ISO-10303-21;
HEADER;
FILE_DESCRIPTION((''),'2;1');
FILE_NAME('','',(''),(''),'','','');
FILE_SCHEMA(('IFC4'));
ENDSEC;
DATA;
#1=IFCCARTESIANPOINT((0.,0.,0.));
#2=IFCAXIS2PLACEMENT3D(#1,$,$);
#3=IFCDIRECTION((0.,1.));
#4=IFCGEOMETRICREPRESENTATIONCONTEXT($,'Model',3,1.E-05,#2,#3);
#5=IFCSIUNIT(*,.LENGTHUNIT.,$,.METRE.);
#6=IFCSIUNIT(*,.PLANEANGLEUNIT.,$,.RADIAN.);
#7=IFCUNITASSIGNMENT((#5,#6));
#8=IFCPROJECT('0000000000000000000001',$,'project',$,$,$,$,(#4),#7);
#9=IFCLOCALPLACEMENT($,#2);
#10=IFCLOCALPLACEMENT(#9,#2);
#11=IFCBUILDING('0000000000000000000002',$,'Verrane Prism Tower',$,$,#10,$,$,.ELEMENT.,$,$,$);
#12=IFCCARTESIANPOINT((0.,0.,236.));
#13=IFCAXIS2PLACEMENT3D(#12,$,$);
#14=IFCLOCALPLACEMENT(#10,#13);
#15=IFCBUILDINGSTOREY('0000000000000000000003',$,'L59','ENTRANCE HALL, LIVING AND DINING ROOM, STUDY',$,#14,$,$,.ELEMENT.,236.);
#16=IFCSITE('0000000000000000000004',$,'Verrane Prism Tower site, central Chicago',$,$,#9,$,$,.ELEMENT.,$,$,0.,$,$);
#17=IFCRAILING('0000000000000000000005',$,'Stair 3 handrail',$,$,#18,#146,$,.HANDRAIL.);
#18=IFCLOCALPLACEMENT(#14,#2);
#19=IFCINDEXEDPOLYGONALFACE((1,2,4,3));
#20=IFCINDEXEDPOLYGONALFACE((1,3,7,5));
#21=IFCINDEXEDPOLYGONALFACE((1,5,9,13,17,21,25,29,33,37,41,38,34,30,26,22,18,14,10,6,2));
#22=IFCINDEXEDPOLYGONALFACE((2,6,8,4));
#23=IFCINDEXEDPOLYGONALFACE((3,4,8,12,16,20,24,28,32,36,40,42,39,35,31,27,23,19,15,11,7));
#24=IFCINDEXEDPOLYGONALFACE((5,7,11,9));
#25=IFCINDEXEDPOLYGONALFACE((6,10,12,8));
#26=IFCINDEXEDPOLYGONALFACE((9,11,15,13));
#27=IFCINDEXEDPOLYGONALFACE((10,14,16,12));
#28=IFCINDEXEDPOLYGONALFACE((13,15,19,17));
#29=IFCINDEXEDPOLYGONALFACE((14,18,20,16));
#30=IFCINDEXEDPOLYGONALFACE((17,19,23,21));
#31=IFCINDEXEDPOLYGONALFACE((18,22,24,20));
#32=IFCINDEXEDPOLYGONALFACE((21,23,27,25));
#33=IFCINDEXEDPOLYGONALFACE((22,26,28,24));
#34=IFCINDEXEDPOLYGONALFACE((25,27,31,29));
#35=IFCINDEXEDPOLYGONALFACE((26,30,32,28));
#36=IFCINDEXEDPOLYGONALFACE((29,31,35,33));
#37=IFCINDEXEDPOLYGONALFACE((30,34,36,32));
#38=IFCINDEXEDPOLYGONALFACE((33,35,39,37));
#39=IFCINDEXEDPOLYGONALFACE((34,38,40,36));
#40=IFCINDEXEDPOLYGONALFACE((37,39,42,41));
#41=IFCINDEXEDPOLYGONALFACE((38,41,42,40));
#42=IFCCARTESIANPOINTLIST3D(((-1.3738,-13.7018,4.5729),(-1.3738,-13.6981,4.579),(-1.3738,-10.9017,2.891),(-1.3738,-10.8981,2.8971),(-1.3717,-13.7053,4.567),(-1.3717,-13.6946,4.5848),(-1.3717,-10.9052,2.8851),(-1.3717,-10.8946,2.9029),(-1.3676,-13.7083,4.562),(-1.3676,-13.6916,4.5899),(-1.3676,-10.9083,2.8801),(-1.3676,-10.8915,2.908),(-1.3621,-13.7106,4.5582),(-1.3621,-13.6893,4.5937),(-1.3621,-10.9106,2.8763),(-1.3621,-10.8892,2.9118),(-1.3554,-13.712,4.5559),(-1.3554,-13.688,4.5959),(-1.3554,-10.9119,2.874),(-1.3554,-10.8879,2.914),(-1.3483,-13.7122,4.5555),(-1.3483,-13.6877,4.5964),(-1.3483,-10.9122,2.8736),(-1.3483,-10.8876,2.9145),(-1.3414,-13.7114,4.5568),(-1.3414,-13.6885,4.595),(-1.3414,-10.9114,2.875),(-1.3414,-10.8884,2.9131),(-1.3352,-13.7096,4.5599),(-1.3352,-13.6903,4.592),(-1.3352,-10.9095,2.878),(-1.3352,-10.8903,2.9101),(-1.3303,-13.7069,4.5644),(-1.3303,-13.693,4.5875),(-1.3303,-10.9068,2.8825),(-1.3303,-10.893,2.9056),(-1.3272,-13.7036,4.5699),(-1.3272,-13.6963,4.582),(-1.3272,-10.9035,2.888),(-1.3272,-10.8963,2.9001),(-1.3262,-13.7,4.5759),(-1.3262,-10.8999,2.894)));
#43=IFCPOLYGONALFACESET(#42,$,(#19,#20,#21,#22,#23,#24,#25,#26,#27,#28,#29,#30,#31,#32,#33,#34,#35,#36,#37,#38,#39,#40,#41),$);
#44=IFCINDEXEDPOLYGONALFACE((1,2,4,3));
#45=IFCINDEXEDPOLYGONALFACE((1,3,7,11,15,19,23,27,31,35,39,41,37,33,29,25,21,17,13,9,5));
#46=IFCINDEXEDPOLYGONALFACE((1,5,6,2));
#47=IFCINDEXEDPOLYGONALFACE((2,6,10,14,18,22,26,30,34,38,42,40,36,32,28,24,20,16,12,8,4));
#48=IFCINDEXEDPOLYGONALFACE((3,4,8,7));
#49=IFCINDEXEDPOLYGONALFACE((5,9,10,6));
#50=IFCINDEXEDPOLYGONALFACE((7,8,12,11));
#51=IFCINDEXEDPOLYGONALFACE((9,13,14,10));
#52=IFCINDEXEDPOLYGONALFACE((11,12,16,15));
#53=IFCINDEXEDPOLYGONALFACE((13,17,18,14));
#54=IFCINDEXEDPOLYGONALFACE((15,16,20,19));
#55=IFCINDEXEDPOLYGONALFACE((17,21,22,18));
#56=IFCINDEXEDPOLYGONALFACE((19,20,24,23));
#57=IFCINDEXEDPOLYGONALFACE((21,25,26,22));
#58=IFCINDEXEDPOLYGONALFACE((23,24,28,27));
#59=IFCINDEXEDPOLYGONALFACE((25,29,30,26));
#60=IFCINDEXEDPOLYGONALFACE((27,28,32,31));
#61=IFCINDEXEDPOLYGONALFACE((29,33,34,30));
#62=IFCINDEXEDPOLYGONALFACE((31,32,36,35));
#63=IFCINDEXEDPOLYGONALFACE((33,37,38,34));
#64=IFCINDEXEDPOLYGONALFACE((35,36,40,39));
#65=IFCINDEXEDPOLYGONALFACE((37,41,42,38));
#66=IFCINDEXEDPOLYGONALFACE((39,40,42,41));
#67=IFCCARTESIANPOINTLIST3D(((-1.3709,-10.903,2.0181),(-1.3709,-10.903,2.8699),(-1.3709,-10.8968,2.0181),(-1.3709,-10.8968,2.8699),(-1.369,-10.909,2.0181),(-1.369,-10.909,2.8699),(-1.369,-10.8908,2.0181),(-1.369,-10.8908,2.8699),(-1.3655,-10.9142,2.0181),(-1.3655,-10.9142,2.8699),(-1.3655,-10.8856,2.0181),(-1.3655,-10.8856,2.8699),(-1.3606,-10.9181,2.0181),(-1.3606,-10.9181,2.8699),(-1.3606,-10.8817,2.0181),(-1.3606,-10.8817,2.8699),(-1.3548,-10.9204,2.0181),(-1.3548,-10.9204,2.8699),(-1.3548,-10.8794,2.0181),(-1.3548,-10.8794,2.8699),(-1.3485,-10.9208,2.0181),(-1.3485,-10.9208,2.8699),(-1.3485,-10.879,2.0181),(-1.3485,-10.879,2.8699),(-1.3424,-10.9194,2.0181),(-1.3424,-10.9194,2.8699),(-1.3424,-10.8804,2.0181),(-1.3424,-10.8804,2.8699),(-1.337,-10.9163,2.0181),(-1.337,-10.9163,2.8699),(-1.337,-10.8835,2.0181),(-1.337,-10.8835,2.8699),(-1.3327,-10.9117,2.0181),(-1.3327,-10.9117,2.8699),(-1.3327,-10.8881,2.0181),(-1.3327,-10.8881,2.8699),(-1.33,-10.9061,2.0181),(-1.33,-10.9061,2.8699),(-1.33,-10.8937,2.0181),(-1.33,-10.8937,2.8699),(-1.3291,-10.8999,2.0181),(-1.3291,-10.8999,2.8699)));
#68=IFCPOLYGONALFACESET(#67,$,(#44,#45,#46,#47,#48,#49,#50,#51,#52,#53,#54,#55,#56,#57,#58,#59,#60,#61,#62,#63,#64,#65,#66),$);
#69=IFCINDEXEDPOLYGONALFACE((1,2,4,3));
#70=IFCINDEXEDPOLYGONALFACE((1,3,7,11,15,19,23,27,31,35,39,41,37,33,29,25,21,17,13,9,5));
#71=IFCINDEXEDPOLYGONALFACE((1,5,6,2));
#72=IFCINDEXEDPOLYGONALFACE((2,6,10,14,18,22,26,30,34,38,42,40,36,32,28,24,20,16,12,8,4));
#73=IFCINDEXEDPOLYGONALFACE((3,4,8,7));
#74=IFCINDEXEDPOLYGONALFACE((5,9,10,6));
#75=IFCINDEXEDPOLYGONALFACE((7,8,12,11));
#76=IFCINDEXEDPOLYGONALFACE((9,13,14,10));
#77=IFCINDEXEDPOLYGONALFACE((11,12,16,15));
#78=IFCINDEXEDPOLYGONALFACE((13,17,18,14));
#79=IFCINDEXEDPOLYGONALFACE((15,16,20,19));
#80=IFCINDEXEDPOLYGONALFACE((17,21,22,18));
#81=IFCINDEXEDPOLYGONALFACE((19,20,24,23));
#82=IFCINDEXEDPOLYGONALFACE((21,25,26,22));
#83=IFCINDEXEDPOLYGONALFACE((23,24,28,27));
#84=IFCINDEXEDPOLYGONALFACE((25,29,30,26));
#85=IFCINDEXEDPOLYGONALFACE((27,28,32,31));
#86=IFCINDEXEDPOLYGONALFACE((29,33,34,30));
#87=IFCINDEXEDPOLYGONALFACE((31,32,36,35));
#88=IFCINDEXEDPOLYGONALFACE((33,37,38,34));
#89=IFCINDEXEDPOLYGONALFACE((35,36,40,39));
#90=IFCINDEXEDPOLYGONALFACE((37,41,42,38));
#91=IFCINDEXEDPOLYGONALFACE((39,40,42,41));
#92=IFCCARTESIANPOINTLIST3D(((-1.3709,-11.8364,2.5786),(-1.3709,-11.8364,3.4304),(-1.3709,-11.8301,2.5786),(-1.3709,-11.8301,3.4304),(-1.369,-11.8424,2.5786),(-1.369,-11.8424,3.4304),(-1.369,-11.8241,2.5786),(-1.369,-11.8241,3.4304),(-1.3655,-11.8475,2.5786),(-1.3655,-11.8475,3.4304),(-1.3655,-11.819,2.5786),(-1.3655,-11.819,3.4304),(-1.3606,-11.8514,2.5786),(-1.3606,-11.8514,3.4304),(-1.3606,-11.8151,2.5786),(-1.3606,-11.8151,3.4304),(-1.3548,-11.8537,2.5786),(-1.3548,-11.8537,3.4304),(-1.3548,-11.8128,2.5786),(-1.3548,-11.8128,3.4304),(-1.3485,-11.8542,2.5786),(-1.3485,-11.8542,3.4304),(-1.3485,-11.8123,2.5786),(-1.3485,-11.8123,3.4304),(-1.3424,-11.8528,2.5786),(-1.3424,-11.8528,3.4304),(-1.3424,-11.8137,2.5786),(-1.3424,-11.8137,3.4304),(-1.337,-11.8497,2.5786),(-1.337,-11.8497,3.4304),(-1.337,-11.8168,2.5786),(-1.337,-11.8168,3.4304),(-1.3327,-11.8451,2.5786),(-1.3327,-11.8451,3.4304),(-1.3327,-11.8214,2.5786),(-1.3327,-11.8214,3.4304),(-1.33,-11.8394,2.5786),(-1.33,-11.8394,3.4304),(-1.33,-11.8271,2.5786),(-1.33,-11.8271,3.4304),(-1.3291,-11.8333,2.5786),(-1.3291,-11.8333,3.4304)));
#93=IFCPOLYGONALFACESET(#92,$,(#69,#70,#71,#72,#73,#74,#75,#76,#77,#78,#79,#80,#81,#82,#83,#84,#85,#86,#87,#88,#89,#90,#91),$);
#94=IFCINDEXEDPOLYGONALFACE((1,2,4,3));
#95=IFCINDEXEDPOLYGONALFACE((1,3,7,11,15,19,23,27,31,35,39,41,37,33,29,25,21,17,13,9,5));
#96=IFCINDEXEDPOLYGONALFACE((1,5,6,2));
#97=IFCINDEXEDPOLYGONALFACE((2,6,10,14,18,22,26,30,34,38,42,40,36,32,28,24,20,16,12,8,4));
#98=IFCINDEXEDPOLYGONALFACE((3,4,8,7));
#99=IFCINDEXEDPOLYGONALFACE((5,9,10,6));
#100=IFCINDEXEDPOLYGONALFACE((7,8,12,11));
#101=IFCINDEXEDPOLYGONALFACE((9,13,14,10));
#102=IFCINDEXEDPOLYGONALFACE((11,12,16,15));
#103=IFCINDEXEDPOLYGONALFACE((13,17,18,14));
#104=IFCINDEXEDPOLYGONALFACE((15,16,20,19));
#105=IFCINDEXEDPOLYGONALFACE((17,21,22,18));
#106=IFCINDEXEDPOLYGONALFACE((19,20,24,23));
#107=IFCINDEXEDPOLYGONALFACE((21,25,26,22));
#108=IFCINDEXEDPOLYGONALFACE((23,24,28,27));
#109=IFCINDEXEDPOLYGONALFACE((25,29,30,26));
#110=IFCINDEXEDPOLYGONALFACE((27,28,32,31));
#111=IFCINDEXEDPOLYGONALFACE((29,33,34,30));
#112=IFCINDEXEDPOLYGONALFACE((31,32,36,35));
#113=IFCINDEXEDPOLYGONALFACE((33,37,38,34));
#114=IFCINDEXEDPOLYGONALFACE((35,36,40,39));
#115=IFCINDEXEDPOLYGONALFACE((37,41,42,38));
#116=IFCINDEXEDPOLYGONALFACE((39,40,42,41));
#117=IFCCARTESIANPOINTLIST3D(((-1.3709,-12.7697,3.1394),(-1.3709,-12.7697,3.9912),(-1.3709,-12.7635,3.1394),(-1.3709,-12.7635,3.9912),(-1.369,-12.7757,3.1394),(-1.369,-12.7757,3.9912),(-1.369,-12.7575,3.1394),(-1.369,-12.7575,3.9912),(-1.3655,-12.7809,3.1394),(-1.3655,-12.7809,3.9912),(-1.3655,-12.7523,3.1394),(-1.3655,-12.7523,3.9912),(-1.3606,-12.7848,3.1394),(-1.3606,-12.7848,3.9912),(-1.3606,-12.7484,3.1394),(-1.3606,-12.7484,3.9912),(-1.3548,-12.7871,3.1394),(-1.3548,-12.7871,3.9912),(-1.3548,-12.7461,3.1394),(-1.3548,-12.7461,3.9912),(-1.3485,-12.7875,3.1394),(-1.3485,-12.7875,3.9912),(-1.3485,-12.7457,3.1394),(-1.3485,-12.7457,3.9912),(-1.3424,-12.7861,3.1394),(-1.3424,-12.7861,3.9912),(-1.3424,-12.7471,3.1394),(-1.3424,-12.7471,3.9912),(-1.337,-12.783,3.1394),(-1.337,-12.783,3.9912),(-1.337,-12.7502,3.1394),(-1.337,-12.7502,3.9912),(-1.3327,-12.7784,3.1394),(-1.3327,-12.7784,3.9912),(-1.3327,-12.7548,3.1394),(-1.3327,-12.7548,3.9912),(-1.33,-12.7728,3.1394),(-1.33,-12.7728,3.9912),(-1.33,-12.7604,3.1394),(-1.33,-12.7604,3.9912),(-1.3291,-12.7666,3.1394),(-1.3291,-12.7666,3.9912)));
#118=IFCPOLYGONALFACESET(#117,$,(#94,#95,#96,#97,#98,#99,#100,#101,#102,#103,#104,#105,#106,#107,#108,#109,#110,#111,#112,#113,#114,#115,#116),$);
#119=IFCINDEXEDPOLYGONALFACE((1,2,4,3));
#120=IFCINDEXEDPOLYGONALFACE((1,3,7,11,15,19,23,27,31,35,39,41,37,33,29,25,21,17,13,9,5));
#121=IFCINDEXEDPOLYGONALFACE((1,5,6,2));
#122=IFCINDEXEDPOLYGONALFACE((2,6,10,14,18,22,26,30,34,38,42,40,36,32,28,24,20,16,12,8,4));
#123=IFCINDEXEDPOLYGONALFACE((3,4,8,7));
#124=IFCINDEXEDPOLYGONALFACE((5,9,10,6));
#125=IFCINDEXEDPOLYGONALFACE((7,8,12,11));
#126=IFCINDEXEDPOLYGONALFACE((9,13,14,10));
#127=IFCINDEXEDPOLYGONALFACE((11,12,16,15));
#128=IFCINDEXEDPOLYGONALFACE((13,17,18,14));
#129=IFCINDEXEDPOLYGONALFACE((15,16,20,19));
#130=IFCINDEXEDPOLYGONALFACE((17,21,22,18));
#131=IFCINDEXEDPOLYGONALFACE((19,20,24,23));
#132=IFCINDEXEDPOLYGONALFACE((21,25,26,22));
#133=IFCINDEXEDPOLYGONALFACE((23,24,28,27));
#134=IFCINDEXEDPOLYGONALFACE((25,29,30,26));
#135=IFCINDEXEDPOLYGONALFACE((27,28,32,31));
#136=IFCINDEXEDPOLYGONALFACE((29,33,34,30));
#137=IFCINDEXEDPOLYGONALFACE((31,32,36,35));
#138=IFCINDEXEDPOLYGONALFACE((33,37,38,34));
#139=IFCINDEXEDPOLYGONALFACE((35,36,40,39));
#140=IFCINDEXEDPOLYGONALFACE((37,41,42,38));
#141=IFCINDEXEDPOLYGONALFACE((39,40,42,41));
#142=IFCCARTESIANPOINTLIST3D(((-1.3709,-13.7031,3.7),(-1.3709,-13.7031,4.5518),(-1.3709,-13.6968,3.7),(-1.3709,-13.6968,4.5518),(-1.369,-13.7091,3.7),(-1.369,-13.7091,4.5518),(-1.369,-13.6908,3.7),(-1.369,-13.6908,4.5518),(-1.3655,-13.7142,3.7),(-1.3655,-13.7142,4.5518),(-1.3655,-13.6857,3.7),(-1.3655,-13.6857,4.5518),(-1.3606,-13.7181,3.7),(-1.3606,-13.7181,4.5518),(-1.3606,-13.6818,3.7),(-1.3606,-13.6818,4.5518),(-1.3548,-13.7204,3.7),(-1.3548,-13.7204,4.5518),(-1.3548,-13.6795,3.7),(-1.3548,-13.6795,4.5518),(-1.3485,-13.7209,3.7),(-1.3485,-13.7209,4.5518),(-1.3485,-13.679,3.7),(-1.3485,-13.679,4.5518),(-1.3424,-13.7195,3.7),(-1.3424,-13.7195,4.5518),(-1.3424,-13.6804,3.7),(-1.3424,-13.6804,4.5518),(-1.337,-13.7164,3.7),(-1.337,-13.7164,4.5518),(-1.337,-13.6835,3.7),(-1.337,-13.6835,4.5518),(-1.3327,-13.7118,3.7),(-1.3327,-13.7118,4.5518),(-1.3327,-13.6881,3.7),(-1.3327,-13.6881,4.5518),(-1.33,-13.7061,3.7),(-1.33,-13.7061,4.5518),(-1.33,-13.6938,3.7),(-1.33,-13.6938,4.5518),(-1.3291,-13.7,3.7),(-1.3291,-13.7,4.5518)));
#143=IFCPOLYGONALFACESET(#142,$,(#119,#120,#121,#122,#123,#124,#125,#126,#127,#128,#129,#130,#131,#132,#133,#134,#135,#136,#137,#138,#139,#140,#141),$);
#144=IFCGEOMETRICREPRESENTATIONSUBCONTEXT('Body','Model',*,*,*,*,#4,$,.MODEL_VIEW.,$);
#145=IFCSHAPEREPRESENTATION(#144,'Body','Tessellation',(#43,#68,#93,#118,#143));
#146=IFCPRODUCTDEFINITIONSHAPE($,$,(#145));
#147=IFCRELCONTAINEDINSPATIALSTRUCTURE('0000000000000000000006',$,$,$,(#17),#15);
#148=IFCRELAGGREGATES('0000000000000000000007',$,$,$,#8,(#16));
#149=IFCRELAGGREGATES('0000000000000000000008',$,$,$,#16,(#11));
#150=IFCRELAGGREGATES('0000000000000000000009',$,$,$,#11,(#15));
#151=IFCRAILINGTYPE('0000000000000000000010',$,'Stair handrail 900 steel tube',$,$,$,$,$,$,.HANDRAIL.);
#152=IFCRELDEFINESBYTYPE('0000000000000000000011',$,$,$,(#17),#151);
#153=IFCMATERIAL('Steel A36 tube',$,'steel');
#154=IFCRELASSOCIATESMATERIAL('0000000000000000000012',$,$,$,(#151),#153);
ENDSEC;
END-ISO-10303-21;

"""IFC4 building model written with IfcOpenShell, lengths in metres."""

from ifc_helpers import new_model, si_unit, direction, frame, origin, origin_2d, place, context, subcontext, project, spatial, circle, extrude, material, type_object, element, save


model = new_model("IFC4")

# Units and contexts
model_context = context("Model", 3, precision=1e-05, world=origin(), true_north=direction((0.0, 1.0)))
body_context = subcontext(model_context, "Body", "Model", "MODEL_VIEW")
ifc_project = project(units=[si_unit("LENGTHUNIT", "METRE"), si_unit("PLANEANGLEUNIT", "RADIAN")], contexts=[model_context])

# Site, building, storey
site_placement = place(None, origin())
site = spatial("IfcSite", under=ifc_project, at=site_placement, Name="Verrane Prism Tower site, central Chicago", CompositionType="ELEMENT", RefElevation=0.0)
building_placement = place(site_placement, origin())
building = spatial("IfcBuilding", under=site, at=building_placement, Name="Verrane Prism Tower", CompositionType="ELEMENT")
storey_placement = place(building_placement, frame((0.0, 0.0, 236.0)))
storey = spatial("IfcBuildingStorey", under=building, at=storey_placement, Name="L59", Description="ENTRANCE HALL, LIVING AND DINING ROOM, STUDY", CompositionType="ELEMENT", Elevation=236.0)

# Railing
ifc_material_1 = material(Name="Steel A36 tube", Category="steel")
railing_type = type_object("IfcRailingType", Name="Stair handrail 900 steel tube", PredefinedType="HANDRAIL", material=ifc_material_1)
railing_placement = place(storey_placement, frame((-1.3501, -10.8999, 2.0181)))
element("IfcRailing", 1, at=railing_placement, inside=storey, type_object=railing_type, Name="Stair 3 handrail", PredefinedType="HANDRAIL", context=body_context, shape_type="SweptSolid", body=[
    extrude(circle(Radius=0.0239, at=origin_2d()), frame((0.0, 0.0, 0.876), z_axis=(0.0, -0.857242, 0.514913), x_axis=(1.0, 0.0, 0.0)), (0.0, 0.0, 1.0), 3.2664),
    extrude(circle(Radius=0.021, at=origin_2d()), origin(), (0.0, 0.0, 1.0), 0.8518),
    extrude(circle(Radius=0.021, at=origin_2d()), frame((0.0, -0.9333, 0.5605)), (0.0, 0.0, 1.0), 0.8518),
    extrude(circle(Radius=0.021, at=origin_2d()), frame((0.0, -1.8667, 1.1213)), (0.0, 0.0, 1.0), 0.8518),
    extrude(circle(Radius=0.021, at=origin_2d()), frame((0.0, -2.8, 1.6819)), (0.0, 0.0, 1.0), 0.8518),
])

save(model, "model.ifc")
